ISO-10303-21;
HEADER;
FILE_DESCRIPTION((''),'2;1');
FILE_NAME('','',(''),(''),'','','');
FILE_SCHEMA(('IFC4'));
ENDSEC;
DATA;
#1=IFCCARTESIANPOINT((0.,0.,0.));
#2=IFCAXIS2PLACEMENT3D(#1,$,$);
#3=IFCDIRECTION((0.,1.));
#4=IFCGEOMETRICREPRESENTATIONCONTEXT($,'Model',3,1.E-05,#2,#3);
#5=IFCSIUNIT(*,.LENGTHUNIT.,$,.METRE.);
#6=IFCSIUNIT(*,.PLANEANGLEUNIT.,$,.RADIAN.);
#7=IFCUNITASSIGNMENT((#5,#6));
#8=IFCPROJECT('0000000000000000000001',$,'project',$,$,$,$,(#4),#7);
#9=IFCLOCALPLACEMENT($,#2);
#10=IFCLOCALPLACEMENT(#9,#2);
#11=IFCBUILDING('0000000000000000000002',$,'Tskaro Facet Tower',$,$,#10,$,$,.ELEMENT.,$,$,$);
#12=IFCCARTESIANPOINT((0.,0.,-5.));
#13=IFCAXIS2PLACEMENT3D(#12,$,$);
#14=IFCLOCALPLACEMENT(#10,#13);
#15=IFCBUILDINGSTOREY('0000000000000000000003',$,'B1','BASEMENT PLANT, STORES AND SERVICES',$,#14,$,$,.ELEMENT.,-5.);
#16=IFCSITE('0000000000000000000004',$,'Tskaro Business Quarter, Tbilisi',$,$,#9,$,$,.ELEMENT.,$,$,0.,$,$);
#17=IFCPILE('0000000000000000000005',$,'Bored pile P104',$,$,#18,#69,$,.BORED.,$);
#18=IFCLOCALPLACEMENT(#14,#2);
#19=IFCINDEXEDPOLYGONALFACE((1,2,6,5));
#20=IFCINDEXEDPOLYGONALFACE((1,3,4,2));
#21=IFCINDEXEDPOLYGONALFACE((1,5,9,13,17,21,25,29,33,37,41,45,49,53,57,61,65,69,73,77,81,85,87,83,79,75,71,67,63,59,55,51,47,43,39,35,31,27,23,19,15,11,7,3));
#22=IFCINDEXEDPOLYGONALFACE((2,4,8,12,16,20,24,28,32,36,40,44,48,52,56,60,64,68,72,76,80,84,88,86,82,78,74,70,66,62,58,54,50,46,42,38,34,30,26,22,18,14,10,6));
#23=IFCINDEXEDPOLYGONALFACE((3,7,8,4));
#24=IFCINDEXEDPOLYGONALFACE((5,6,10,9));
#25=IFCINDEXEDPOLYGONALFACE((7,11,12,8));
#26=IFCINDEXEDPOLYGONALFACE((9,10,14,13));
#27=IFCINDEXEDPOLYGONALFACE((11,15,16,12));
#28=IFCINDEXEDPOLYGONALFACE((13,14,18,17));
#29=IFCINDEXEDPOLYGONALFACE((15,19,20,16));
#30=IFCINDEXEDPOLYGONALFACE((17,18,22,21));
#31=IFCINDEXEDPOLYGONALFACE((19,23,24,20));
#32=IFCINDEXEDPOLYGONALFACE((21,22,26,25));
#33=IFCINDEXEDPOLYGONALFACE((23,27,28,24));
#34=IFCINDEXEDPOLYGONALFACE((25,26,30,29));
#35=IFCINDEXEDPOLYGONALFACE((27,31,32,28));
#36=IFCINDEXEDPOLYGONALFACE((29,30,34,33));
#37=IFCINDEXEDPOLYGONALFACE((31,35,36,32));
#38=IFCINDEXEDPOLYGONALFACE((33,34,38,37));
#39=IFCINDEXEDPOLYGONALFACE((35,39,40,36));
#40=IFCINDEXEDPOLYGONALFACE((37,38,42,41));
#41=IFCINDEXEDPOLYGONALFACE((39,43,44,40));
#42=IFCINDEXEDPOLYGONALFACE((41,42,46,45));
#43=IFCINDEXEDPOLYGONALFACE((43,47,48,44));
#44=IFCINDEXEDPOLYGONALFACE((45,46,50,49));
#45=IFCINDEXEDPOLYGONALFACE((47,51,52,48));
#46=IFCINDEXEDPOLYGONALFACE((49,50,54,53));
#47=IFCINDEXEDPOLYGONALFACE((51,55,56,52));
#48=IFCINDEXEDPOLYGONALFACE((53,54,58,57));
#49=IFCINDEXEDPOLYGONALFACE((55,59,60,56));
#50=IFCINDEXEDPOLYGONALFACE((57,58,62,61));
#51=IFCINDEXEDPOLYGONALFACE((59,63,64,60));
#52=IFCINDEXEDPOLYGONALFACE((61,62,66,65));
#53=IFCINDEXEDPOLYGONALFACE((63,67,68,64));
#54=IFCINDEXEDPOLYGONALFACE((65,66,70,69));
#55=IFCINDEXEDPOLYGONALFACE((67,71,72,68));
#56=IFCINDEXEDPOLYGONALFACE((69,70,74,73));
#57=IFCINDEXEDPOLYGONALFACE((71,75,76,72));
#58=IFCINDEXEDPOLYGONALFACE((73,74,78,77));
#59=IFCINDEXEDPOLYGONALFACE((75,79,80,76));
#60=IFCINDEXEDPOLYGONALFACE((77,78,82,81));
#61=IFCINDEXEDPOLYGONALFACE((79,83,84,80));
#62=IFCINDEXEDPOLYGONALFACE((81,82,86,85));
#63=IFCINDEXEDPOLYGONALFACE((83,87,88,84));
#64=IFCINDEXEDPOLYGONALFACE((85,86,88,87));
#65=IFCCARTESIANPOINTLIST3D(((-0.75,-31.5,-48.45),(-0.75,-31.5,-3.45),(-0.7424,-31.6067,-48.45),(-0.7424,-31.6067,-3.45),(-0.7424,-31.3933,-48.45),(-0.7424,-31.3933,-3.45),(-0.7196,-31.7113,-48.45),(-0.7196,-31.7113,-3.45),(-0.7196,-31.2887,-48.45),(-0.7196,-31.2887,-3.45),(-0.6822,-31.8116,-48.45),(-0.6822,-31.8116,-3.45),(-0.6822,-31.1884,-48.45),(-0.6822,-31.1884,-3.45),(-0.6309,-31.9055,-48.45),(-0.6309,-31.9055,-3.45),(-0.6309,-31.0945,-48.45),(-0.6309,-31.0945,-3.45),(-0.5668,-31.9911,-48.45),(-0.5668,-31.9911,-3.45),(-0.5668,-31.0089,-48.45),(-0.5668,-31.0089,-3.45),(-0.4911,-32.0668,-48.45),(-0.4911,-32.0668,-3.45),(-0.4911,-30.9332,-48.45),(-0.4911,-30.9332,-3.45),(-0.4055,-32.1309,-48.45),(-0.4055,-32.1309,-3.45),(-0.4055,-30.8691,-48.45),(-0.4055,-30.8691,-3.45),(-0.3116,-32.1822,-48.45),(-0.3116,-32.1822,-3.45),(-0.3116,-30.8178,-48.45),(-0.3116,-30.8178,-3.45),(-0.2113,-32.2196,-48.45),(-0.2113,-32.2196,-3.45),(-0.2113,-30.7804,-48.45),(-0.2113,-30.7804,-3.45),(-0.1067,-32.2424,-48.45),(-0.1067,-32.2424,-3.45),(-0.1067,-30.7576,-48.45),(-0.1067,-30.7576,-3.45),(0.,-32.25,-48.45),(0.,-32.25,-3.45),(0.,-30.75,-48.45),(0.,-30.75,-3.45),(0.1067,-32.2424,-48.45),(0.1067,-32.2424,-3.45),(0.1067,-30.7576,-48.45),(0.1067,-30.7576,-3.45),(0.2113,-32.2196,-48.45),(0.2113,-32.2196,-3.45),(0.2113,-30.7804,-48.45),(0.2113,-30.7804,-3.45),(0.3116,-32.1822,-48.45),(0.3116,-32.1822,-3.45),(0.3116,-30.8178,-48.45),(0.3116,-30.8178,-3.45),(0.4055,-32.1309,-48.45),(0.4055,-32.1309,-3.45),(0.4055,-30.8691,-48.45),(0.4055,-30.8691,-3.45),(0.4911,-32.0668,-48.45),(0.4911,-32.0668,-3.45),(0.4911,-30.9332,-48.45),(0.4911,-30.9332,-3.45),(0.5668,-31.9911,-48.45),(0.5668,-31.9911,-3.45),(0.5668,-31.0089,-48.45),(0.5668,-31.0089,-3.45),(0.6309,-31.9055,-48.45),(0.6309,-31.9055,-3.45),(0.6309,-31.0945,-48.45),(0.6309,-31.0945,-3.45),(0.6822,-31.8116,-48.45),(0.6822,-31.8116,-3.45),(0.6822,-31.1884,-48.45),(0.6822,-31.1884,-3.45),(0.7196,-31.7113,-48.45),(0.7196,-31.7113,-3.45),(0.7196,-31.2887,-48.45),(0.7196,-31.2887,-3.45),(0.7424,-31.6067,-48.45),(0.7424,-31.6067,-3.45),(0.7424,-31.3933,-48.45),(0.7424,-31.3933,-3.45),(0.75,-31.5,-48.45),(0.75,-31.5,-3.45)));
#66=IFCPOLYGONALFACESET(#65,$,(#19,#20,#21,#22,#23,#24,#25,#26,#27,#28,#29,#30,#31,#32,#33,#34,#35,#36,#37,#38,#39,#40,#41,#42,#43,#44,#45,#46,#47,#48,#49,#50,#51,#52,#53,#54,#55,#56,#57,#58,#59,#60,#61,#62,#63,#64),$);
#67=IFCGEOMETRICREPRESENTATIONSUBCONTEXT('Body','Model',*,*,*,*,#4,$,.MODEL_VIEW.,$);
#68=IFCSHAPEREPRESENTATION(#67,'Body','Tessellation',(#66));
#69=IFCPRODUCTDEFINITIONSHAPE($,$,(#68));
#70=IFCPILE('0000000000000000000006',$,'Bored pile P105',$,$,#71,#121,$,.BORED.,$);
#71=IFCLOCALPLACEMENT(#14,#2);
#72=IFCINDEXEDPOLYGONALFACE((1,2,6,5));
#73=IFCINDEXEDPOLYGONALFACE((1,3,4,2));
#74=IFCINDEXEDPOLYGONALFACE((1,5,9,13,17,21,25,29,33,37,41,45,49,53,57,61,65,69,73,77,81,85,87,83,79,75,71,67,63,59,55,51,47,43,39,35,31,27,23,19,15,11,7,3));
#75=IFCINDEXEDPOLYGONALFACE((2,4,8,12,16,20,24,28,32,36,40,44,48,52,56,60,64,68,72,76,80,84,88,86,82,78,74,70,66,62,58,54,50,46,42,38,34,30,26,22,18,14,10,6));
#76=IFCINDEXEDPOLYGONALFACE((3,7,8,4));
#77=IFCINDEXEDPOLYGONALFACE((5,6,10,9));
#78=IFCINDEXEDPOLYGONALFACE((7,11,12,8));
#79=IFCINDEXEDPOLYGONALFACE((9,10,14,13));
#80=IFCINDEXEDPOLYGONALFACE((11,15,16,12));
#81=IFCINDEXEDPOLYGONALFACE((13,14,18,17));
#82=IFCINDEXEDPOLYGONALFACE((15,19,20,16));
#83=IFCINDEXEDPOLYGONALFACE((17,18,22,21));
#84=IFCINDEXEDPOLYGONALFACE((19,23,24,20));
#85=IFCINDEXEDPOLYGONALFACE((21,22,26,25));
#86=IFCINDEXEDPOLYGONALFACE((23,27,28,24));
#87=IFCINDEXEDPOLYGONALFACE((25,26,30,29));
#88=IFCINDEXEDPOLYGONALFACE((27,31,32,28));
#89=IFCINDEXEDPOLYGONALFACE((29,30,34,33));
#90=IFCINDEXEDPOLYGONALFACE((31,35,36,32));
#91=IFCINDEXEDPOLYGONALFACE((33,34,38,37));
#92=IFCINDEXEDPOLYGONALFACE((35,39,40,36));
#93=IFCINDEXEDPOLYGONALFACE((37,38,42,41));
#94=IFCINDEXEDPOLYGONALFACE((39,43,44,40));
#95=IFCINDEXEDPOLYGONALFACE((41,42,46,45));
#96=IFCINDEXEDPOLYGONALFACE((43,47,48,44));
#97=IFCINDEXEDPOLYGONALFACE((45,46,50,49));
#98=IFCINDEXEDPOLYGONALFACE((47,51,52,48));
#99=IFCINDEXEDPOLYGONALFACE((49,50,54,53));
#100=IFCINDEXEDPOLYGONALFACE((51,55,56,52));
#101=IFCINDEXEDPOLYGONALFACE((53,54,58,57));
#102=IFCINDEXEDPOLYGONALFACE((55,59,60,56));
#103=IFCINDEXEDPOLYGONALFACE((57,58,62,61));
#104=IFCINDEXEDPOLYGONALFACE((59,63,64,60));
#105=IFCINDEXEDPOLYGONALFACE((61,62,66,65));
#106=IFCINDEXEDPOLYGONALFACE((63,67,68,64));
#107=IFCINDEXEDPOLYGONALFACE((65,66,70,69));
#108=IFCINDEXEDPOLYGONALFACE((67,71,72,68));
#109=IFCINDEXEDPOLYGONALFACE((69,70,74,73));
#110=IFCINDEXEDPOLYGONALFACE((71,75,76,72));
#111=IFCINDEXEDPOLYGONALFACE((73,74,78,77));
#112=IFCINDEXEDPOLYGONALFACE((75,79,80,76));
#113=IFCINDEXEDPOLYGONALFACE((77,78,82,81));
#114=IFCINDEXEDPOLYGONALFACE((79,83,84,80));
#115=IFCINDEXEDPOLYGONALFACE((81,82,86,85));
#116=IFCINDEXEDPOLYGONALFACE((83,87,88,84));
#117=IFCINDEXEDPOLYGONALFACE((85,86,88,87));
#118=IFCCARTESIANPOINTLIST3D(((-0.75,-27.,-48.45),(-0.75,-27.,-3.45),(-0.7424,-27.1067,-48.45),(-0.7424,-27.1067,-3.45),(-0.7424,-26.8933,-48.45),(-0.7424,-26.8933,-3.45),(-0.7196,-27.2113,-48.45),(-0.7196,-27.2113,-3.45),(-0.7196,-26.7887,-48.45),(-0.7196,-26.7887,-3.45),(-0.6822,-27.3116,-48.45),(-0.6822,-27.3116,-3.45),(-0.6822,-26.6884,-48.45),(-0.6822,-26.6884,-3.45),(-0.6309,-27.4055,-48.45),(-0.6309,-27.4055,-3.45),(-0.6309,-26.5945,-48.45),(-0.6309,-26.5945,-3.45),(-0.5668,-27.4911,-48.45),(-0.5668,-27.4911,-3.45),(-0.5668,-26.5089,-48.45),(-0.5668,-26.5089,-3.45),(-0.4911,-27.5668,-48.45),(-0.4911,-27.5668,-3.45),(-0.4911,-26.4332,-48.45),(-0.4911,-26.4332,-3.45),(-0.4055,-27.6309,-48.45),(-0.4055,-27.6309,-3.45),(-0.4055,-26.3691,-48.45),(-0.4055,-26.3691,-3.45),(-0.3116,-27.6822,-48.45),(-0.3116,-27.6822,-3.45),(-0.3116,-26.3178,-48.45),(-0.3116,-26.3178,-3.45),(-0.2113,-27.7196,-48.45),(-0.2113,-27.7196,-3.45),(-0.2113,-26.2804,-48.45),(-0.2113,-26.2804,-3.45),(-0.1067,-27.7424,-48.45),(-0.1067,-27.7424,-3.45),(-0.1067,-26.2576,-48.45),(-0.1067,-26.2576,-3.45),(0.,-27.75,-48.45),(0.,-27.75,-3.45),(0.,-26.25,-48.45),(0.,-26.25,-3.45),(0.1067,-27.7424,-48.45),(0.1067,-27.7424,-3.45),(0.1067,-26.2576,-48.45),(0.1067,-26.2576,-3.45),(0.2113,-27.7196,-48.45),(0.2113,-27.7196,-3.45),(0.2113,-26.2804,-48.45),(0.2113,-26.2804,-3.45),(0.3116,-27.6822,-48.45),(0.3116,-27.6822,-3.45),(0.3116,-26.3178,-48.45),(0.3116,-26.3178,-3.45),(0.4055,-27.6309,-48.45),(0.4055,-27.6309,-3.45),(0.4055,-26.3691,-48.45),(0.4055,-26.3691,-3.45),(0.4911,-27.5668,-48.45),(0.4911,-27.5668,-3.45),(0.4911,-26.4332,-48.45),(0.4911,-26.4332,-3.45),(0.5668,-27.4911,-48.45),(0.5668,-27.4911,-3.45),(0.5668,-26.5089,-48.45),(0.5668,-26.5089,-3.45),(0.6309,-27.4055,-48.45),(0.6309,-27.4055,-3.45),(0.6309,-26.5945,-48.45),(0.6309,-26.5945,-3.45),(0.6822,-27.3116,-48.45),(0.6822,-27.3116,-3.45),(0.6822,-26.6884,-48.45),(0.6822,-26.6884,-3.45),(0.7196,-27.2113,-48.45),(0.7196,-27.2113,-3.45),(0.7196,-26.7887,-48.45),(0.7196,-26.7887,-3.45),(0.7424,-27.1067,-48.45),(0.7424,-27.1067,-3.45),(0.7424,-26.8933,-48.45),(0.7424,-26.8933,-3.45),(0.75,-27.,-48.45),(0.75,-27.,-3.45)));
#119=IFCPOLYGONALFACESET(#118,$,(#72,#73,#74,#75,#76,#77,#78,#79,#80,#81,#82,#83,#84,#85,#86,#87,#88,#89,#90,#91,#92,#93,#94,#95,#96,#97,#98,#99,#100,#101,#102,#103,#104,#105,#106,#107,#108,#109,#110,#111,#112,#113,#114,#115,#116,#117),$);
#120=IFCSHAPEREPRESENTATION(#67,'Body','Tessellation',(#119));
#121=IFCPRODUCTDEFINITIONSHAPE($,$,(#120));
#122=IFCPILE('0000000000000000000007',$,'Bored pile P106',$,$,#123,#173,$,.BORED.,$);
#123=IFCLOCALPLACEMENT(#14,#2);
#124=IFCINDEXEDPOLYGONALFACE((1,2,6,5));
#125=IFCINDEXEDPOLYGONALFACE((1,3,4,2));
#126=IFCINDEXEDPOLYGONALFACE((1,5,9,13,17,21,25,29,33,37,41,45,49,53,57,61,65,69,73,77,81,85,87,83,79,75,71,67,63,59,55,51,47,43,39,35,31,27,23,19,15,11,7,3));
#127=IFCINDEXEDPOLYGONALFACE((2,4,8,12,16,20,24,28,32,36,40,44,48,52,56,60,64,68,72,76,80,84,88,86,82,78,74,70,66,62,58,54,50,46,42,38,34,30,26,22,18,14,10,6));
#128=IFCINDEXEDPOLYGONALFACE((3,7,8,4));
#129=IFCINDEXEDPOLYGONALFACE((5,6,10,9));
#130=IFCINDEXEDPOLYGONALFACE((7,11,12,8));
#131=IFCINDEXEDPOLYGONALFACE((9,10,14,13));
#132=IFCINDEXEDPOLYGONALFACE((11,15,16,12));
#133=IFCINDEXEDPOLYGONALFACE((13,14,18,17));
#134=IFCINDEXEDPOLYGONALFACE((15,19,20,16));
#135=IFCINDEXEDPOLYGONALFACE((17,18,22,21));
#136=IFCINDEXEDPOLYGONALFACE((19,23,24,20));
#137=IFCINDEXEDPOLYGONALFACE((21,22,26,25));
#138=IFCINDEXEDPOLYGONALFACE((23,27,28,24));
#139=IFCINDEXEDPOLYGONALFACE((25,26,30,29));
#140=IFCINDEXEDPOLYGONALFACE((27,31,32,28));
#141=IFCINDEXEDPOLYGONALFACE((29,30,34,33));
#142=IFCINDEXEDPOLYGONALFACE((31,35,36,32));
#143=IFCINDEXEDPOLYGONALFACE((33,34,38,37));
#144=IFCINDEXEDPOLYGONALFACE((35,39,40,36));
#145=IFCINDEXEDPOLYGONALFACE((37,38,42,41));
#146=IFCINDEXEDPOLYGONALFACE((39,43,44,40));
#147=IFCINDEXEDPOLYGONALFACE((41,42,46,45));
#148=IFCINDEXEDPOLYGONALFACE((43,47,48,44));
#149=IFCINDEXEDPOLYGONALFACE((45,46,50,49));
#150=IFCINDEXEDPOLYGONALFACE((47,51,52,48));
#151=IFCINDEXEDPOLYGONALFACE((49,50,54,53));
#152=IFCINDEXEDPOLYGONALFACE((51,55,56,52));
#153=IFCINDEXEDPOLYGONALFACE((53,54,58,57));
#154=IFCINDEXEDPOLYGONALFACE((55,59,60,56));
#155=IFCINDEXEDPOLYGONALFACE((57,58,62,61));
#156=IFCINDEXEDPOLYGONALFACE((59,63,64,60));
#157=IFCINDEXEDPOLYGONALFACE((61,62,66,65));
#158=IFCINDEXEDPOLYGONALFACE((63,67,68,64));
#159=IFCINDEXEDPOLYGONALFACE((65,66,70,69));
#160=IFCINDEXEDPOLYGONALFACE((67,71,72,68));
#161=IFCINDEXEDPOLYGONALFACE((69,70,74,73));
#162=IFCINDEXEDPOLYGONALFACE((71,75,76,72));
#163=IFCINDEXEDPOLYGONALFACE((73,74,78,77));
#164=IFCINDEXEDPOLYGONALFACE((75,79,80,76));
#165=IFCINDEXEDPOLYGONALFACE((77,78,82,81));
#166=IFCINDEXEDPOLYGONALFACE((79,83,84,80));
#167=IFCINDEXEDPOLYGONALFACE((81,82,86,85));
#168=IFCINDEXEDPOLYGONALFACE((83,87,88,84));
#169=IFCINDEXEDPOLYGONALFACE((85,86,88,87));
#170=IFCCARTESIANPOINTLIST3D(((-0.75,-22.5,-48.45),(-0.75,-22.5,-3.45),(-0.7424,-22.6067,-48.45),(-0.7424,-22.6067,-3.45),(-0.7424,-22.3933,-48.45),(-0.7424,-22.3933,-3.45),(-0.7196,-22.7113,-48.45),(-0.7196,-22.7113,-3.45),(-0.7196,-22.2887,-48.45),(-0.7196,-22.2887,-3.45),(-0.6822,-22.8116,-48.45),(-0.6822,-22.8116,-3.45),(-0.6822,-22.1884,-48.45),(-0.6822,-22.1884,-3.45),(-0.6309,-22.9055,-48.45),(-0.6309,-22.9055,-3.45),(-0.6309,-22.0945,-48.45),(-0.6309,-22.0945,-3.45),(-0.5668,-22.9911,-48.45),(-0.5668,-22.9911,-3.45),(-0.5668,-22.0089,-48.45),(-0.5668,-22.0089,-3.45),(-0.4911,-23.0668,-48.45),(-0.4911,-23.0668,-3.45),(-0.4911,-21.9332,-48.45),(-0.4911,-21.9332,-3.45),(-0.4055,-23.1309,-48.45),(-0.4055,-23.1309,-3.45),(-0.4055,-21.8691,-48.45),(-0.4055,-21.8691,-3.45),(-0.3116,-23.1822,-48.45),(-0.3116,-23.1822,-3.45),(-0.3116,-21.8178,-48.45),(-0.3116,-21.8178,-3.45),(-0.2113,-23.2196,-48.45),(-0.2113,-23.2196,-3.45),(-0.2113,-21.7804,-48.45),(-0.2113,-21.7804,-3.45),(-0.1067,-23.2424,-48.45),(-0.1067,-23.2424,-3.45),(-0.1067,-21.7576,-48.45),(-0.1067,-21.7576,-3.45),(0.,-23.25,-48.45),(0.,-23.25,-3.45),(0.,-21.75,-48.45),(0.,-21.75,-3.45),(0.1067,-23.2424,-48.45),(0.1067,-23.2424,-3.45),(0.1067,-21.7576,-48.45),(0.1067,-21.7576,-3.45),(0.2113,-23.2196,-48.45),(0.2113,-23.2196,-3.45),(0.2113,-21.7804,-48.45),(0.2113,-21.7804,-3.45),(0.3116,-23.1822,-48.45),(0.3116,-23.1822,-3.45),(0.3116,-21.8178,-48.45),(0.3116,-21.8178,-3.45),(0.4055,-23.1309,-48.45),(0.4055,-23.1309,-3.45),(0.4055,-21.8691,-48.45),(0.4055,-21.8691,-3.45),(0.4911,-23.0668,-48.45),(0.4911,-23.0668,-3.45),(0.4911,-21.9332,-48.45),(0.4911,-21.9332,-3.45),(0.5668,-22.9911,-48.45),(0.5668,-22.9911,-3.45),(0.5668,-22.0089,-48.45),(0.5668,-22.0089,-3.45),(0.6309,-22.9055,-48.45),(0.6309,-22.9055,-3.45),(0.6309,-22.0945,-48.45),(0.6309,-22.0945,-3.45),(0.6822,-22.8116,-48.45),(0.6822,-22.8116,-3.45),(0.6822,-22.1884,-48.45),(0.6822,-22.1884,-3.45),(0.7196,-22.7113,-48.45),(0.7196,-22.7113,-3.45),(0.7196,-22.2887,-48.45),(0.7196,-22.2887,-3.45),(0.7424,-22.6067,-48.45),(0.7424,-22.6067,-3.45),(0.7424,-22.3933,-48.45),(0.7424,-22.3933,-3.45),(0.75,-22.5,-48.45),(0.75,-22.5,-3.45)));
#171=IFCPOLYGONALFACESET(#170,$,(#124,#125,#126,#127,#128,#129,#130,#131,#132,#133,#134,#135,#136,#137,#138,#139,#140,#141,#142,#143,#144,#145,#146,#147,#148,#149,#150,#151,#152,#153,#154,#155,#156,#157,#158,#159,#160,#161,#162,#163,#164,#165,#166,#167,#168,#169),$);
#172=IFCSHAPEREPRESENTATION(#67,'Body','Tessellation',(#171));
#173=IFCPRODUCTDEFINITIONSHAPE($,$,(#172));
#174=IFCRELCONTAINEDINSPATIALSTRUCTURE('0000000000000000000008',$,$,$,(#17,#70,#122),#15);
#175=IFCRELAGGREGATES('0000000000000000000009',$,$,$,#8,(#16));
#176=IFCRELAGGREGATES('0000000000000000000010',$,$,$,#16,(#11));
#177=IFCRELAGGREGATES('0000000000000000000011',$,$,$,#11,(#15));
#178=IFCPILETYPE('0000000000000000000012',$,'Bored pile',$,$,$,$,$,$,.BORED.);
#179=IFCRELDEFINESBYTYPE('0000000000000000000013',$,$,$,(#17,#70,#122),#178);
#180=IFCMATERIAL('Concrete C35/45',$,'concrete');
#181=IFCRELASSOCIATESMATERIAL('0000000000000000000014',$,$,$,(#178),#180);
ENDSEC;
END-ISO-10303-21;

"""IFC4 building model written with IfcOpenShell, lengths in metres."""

from ifc_helpers import new_model, si_unit, direction, frame, origin, origin_2d, place, context, subcontext, project, spatial, circle, extrude, material, material_profile, profile_set, type_object, element, save


model = new_model("IFC4")

# Units and contexts
model_context = context("Model", 3, precision=1e-05, world=origin(), true_north=direction((0.0, 1.0)))
body_context = subcontext(model_context, "Body", "Model", "MODEL_VIEW")
ifc_project = project(units=[si_unit("LENGTHUNIT", "METRE"), si_unit("PLANEANGLEUNIT", "RADIAN")], contexts=[model_context])

# Site, building, storey
site_placement = place(None, origin())
site = spatial("IfcSite", under=ifc_project, at=site_placement, Name="Tskaro Business Quarter, Tbilisi", CompositionType="ELEMENT", RefElevation=0.0)
building_placement = place(site_placement, origin())
building = spatial("IfcBuilding", under=site, at=building_placement, Name="Tskaro Facet Tower", CompositionType="ELEMENT")
storey_placement = place(building_placement, frame((0.0, 0.0, -5.0)))
storey = spatial("IfcBuildingStorey", under=building, at=storey_placement, Name="B1", Description="BASEMENT PLANT, STORES AND SERVICES", CompositionType="ELEMENT", Elevation=-5.0)

# Piles
ifc_material_1 = material(Name="Concrete C35/45", Category="concrete")
ifc_material_profile_1 = material_profile(ifc_material_1, circle(Radius=0.75, at=origin_2d()), Name="Bored pile")
ifc_profile_set_1 = profile_set([ifc_material_profile_1], Name="Concrete C35/45")
pile_type = type_object("IfcPileType", Name="Bored pile", PredefinedType="BORED", material=ifc_profile_set_1)
for number, where, z_axis, x_axis, name in (
    (1, (0.0, -31.5, -3.45), (0.0, 0.0, -1.0), (1.0, 0.0, 0.0), "Bored pile P104"),
    (2, (0.0, -27.0, -3.45), (0.0, 0.0, -1.0), (1.0, 0.0, 0.0), "Bored pile P105"),
    (3, (0.0, -22.5, -3.45), (0.0, 0.0, -1.0), (1.0, 0.0, 0.0), "Bored pile P106"),
):
    element("IfcPile", number, at=place(storey_placement, frame(where, z_axis=z_axis, x_axis=x_axis)), inside=storey, type_object=pile_type, Name=name, PredefinedType="BORED", context=body_context, shape_type="SweptSolid", body=[
        extrude(circle(Radius=0.75, at=origin_2d()), origin(), (0.0, 0.0, 1.0), 45.0),
    ])

save(model, "model.ifc")
